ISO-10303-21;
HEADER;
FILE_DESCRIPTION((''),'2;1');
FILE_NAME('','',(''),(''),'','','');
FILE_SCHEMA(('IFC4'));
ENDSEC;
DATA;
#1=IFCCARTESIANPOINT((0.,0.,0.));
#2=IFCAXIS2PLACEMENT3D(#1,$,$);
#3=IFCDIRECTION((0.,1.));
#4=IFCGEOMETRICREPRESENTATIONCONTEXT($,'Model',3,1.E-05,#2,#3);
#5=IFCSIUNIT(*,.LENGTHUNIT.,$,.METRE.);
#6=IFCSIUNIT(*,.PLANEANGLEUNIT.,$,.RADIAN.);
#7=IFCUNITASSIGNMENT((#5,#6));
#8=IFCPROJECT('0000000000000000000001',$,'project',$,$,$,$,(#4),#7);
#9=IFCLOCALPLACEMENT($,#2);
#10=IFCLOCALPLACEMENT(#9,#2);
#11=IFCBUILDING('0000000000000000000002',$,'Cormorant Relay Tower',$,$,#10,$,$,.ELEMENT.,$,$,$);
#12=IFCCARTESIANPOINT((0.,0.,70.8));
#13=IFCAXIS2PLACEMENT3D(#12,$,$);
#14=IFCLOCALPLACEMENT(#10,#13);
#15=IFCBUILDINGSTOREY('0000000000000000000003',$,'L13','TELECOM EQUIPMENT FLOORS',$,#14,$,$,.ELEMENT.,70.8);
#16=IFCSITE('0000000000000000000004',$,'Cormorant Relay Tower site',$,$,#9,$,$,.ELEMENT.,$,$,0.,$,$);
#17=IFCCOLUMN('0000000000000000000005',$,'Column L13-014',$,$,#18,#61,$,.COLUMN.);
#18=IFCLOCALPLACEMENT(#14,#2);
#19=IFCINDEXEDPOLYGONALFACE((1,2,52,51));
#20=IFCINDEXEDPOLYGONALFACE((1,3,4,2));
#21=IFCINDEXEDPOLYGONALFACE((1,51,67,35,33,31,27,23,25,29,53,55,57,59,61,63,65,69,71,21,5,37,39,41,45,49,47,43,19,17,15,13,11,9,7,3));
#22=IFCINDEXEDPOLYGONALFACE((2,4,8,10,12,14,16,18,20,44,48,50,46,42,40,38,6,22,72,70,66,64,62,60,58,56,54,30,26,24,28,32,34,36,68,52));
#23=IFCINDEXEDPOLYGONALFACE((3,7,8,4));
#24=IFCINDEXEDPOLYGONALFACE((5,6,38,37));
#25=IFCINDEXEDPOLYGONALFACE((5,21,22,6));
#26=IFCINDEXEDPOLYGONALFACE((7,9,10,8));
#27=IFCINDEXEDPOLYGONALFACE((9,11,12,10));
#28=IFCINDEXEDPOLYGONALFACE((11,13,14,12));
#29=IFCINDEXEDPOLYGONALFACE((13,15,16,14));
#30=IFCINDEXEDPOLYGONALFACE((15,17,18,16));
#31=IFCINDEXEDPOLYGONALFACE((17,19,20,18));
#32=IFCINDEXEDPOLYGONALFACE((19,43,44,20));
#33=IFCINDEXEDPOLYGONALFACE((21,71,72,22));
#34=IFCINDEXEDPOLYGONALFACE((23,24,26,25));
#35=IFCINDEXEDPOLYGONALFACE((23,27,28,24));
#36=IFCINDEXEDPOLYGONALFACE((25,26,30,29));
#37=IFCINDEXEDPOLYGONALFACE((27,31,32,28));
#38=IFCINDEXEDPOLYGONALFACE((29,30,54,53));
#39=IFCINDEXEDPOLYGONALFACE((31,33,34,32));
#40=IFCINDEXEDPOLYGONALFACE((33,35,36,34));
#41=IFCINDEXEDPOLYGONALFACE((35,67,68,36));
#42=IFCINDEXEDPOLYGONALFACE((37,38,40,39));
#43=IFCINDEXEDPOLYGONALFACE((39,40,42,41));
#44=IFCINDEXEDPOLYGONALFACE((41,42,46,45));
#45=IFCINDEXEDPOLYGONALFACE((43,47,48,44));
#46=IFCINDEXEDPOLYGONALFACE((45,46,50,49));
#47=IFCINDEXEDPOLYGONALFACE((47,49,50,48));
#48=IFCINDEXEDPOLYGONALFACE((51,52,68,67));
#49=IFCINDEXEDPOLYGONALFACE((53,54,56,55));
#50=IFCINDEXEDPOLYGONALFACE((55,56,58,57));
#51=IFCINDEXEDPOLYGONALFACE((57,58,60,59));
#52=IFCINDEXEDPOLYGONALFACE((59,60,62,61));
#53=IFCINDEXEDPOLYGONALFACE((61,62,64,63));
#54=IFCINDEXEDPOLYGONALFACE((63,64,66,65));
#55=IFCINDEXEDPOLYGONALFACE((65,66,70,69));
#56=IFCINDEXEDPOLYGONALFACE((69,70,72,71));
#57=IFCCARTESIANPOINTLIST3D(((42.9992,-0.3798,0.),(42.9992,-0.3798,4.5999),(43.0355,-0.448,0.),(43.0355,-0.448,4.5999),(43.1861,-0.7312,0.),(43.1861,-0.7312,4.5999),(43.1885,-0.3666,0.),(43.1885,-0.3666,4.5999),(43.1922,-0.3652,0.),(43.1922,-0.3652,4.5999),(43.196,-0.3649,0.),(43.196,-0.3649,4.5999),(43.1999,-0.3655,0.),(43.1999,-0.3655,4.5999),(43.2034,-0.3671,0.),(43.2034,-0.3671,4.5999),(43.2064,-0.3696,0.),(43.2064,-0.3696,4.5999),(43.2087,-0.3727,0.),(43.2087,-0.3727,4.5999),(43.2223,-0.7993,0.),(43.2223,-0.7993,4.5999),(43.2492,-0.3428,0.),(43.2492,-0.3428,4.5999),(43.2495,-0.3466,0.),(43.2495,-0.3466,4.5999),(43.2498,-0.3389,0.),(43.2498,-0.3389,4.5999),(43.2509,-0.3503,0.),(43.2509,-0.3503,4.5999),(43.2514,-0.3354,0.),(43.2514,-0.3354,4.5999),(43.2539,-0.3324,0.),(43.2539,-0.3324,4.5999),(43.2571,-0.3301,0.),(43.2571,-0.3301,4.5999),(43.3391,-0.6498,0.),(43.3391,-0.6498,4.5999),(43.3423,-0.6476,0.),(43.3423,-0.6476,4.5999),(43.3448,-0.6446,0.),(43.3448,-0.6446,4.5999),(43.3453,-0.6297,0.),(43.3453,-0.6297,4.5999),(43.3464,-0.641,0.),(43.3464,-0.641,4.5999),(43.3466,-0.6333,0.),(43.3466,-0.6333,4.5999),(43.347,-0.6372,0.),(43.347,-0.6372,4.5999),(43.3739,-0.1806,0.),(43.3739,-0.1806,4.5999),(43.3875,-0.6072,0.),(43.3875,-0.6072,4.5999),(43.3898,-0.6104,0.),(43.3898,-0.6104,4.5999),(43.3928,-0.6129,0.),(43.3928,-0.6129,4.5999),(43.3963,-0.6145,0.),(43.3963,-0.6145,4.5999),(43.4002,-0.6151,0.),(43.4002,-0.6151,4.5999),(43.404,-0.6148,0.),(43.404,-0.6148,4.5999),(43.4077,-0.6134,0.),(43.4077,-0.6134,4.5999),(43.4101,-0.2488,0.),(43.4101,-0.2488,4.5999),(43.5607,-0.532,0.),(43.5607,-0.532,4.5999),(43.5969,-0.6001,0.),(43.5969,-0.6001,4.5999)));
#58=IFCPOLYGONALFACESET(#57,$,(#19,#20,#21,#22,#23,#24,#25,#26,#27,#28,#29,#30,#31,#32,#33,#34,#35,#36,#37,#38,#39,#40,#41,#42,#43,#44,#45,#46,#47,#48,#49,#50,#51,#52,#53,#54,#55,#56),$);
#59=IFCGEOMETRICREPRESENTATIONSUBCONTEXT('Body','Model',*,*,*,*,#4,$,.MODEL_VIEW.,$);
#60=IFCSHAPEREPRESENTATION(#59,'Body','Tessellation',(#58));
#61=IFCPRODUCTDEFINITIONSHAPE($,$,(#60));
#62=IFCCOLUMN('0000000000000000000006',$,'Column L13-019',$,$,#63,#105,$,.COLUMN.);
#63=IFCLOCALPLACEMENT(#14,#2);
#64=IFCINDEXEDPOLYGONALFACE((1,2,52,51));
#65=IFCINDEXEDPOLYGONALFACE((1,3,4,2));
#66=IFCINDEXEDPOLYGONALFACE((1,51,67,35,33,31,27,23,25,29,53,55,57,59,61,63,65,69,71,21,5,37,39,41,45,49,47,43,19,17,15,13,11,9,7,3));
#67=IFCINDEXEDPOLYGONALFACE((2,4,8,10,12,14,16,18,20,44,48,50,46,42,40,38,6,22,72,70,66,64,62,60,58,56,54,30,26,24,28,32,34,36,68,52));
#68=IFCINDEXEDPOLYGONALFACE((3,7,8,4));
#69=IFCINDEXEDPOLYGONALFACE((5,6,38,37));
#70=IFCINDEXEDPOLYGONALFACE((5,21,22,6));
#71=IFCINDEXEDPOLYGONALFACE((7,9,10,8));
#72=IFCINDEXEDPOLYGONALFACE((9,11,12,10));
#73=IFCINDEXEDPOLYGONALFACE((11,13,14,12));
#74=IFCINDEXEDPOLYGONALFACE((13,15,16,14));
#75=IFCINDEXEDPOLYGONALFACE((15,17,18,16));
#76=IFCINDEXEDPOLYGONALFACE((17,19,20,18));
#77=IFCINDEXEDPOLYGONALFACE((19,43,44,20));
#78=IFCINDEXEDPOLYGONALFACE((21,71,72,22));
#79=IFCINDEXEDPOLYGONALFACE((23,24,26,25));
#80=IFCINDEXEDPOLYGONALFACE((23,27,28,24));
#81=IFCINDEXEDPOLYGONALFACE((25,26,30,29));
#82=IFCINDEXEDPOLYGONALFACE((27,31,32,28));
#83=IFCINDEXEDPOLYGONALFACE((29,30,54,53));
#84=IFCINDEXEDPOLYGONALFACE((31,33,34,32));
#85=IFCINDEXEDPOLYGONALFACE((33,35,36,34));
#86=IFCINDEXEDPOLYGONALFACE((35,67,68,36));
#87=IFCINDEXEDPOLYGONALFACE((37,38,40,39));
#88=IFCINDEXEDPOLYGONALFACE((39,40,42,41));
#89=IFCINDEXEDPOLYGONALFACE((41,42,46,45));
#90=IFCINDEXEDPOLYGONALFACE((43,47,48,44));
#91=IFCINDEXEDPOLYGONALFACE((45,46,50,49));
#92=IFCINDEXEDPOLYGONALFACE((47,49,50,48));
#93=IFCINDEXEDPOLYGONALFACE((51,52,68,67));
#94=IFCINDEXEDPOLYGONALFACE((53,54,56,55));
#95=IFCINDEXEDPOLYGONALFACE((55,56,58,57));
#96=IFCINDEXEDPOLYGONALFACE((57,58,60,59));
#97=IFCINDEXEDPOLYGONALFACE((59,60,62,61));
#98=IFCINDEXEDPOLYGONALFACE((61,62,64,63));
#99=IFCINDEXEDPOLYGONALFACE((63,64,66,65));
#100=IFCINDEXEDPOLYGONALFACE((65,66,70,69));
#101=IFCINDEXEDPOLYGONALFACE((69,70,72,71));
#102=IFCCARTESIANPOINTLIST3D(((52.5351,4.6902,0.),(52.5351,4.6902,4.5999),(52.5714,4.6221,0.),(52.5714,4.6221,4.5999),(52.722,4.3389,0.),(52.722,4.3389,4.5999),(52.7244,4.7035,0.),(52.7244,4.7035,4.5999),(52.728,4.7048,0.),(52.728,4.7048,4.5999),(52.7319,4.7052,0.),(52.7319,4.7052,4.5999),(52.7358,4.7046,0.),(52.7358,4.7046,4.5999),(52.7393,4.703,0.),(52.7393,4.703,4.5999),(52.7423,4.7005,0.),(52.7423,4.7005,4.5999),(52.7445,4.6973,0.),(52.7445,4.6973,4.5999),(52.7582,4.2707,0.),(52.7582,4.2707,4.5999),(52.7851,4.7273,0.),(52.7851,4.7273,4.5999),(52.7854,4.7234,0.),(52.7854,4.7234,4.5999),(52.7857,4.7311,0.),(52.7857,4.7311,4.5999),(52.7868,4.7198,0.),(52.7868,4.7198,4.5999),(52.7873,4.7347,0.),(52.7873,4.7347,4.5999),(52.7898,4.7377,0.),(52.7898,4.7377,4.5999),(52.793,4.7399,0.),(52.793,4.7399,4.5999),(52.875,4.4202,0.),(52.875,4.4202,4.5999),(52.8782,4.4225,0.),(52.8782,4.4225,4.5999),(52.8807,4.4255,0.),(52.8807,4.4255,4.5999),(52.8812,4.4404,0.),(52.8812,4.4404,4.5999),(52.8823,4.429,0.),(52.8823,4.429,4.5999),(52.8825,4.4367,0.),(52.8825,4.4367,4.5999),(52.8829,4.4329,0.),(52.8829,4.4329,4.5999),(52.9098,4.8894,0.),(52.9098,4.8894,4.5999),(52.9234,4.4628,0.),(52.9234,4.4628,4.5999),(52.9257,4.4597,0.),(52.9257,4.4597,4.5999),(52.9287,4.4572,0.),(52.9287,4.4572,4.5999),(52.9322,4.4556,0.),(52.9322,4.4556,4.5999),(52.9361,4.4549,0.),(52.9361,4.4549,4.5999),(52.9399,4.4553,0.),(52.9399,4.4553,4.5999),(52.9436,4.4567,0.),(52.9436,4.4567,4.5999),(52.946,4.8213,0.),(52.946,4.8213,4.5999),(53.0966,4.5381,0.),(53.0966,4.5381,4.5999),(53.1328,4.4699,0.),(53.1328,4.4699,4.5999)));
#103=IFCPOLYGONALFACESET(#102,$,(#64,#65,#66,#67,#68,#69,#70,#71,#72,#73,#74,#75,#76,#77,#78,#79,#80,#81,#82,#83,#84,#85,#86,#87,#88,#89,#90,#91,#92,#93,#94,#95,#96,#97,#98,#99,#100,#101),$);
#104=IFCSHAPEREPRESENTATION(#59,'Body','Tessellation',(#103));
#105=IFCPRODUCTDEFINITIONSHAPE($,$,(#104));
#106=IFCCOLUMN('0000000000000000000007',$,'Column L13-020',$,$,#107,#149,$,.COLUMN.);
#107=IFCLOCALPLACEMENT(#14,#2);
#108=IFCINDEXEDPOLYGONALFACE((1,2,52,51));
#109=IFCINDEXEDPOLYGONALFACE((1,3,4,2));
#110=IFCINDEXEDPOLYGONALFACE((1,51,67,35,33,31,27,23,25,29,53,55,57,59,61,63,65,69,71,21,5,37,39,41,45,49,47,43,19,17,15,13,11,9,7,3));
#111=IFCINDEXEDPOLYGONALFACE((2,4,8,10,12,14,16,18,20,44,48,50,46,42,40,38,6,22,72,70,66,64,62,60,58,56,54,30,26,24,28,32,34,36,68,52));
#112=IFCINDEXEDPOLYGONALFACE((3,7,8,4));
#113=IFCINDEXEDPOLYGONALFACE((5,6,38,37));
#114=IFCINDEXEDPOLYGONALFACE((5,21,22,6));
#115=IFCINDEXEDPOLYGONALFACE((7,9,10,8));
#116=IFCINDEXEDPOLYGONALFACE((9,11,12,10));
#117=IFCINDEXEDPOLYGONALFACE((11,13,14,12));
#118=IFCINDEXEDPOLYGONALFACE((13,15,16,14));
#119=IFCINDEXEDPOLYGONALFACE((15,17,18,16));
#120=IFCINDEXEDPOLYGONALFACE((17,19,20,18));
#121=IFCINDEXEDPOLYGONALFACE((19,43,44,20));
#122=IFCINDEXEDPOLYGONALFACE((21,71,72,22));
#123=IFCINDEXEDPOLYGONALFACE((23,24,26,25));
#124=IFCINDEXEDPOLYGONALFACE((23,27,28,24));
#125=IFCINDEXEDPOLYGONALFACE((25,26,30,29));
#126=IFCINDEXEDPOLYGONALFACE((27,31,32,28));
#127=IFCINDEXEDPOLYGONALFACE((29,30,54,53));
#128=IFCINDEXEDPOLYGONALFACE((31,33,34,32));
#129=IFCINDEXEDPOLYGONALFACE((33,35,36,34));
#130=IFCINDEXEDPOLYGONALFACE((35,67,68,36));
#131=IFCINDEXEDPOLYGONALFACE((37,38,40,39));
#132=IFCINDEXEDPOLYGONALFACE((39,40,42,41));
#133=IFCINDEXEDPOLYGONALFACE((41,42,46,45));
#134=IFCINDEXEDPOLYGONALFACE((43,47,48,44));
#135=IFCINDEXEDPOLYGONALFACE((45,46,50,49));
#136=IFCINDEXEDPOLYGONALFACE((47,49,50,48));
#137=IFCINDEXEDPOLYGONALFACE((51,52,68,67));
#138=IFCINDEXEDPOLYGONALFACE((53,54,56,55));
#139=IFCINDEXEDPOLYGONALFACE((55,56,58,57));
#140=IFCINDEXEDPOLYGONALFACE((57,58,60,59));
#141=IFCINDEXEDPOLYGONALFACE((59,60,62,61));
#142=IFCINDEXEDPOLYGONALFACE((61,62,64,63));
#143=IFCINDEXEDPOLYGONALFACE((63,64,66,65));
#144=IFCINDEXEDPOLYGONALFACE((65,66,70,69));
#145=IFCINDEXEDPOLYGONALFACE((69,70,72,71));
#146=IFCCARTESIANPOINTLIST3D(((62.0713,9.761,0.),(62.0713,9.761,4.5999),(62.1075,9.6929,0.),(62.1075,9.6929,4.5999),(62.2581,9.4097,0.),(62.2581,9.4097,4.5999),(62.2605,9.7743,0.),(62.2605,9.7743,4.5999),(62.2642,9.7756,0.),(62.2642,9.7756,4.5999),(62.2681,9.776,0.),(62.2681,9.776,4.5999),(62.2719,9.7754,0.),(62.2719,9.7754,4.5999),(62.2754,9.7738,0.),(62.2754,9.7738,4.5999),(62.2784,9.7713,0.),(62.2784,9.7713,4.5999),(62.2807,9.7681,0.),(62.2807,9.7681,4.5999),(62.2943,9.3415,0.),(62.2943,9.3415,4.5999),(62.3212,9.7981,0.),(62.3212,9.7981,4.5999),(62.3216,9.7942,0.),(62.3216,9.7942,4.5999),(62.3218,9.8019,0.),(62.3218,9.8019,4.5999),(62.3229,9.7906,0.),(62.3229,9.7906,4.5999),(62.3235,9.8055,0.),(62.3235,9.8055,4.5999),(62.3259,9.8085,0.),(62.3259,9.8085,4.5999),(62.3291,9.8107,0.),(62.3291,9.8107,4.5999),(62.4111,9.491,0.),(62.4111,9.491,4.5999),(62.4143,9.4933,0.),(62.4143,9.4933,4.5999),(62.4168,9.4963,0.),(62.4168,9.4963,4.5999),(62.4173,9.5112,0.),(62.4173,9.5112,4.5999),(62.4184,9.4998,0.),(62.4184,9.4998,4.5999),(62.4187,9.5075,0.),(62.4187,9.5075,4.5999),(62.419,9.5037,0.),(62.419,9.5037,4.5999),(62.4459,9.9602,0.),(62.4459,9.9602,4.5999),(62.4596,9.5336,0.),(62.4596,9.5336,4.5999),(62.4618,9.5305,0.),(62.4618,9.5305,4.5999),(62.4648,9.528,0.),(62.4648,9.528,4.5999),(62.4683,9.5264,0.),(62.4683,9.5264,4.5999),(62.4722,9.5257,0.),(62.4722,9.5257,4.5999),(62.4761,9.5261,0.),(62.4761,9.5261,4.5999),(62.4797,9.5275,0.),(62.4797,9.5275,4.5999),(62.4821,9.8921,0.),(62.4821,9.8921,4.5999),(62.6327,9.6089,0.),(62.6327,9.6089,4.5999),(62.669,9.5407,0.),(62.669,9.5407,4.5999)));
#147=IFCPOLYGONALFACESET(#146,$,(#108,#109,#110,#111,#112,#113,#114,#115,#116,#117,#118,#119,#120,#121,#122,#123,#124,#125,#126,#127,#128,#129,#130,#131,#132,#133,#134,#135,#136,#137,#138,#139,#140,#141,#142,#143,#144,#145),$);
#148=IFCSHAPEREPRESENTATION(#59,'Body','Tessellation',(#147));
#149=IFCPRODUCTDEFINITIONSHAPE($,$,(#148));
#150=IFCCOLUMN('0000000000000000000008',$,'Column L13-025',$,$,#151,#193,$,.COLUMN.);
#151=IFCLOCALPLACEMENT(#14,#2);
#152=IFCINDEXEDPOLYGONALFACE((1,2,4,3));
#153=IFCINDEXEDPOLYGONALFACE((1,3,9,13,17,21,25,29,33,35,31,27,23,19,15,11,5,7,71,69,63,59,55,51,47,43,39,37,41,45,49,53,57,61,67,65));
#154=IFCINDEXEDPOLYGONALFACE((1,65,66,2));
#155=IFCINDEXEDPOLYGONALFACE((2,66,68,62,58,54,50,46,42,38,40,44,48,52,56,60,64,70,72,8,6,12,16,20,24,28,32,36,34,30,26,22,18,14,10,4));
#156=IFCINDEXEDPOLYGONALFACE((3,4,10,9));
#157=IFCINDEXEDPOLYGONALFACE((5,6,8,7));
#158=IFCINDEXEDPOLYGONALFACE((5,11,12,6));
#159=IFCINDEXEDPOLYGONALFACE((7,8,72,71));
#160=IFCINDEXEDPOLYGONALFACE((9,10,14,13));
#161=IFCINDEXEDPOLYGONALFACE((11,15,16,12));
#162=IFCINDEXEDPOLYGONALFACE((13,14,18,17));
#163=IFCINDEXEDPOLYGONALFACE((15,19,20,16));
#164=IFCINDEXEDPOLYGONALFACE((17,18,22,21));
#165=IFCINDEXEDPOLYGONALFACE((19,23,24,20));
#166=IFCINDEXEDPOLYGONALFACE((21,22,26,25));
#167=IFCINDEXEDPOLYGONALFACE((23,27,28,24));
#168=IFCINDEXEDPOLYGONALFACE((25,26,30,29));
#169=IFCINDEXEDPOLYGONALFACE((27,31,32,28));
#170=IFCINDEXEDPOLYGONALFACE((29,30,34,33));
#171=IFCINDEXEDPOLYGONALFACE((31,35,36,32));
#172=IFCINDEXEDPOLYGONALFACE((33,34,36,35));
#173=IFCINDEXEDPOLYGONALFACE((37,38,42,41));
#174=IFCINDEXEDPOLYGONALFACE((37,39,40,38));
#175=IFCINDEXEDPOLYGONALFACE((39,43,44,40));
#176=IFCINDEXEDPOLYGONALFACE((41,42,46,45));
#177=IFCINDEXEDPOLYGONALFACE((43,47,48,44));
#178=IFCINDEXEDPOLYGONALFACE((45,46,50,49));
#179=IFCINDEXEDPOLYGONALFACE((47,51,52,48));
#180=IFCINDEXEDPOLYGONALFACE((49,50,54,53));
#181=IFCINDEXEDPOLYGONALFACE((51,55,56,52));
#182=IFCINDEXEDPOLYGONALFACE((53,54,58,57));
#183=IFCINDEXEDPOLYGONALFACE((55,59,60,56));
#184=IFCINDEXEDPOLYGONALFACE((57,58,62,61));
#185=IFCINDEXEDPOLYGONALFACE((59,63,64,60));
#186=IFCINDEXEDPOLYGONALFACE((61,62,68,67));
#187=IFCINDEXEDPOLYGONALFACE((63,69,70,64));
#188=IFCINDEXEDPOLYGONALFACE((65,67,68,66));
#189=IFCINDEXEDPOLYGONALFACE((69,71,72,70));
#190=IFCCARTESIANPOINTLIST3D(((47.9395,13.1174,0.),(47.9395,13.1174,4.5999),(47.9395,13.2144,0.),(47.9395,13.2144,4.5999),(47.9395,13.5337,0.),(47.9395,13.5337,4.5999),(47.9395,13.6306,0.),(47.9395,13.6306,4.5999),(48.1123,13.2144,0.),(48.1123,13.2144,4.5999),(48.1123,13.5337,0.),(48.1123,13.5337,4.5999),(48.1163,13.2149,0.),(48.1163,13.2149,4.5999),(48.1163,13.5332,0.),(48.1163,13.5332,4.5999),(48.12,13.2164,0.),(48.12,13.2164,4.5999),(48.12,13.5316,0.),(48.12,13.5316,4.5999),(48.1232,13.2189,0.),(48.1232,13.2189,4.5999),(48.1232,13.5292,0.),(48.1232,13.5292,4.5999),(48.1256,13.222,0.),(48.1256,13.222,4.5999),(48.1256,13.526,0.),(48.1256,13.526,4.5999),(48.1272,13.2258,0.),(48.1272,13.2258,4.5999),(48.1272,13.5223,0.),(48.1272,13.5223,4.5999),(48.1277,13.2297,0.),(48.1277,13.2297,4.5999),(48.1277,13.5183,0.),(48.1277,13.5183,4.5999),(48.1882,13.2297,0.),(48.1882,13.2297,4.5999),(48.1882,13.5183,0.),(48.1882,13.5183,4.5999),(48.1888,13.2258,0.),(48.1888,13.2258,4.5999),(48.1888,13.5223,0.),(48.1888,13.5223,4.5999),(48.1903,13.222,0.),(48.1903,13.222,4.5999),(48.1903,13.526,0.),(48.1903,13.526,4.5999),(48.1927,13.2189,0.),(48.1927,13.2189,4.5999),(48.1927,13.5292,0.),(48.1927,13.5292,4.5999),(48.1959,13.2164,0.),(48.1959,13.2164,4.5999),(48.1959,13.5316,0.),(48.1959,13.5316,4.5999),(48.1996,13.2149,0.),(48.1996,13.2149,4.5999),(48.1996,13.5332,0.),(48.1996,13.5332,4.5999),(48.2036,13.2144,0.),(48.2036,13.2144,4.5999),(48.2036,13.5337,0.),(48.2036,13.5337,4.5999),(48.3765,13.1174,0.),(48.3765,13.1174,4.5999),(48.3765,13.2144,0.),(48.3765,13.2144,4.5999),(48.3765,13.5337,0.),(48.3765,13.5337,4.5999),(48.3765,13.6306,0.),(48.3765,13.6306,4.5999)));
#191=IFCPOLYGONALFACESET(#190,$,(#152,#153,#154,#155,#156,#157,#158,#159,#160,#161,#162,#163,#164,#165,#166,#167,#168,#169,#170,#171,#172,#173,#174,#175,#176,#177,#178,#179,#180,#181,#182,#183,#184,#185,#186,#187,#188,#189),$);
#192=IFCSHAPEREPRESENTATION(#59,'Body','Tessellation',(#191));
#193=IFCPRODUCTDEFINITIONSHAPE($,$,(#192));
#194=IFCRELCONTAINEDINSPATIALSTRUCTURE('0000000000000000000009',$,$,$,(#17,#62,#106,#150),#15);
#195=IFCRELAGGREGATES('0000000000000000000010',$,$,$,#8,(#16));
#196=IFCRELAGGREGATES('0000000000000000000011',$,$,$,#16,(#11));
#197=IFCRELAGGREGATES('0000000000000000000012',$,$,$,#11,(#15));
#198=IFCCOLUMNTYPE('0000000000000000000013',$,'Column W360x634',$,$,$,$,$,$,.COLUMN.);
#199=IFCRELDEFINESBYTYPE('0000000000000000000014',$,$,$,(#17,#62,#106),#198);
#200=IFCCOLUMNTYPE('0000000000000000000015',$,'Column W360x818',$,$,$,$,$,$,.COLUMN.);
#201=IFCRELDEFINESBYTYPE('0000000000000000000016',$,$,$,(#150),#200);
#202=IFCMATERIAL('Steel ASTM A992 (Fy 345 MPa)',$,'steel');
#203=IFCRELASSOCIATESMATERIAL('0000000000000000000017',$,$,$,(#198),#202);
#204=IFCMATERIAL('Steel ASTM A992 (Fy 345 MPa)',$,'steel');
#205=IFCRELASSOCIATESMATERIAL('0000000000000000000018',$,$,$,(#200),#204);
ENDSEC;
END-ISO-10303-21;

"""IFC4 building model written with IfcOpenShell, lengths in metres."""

from ifc_helpers import new_model, si_unit, direction, frame, origin, origin_2d, place, context, subcontext, project, spatial, i_section, extrude, material, material_profile, profile_set, type_object, element, save


model = new_model("IFC4")

# Units and contexts
model_context = context("Model", 3, precision=1e-05, world=origin(), true_north=direction((0.0, 1.0)))
body_context = subcontext(model_context, "Body", "Model", "MODEL_VIEW")
ifc_project = project(units=[si_unit("LENGTHUNIT", "METRE"), si_unit("PLANEANGLEUNIT", "RADIAN")], contexts=[model_context])

# Site, building, storey
site_placement = place(None, origin())
site = spatial("IfcSite", under=ifc_project, at=site_placement, Name="Cormorant Relay Tower site", CompositionType="ELEMENT", RefElevation=0.0)
building_placement = place(site_placement, origin())
building = spatial("IfcBuilding", under=site, at=building_placement, Name="Cormorant Relay Tower", CompositionType="ELEMENT")
storey_placement = place(building_placement, frame((0.0, 0.0, 70.8)))
storey = spatial("IfcBuildingStorey", under=building, at=storey_placement, Name="L13", Description="TELECOM EQUIPMENT FLOORS", CompositionType="ELEMENT", Elevation=70.8)

# Columns
ifc_material_1 = material(Name="Steel ASTM A992 (Fy 345 MPa)", Category="steel")
ifc_material_profile_1 = material_profile(ifc_material_1, i_section(OverallWidth=0.4243, OverallDepth=0.4751, WebThickness=0.0479, FlangeThickness=0.0771, FilletRadius=0.0149, at=origin_2d()), Name="W360x634")
ifc_profile_set_1 = profile_set([ifc_material_profile_1], Name="Steel ASTM A992 (Fy 345 MPa)")
column_type_1 = type_object("IfcColumnType", Name="Column W360x634", PredefinedType="COLUMN", material=ifc_profile_set_1)
for number, where, z_axis, x_axis, name in (
    (1, (43.2981, -0.49, 0.0), (0.0, 0.0, 1.0), (0.882948, 0.469472, 0.0), "Column L13-014"),
    (2, (52.834, 4.5801, 0.0), (0.0, 0.0, 1.0), (0.882948, 0.469472, 0.0), "Column L13-019"),
    (3, (62.3701, 9.6509, 0.0), (0.0, 0.0, 1.0), (0.882948, 0.469472, 0.0), "Column L13-020"),
):
    element("IfcColumn", number, at=place(storey_placement, frame(where, z_axis=z_axis, x_axis=x_axis)), inside=storey, type_object=column_type_1, Name=name, PredefinedType="COLUMN", context=body_context, shape_type="SweptSolid", body=[
        extrude(i_section(OverallWidth=0.4243, OverallDepth=0.4751, WebThickness=0.0479, FlangeThickness=0.0771, FilletRadius=0.0149, at=origin_2d()), origin(), (0.0, 0.0, 1.0), 4.5999),
    ])
ifc_material_2 = material(Name="Steel ASTM A992 (Fy 345 MPa)", Category="steel")
ifc_material_profile_2 = material_profile(ifc_material_2, i_section(OverallWidth=0.437, OverallDepth=0.5132, WebThickness=0.0605, FlangeThickness=0.0969, FilletRadius=0.0154, at=origin_2d()), Name="W360x818")
ifc_profile_set_2 = profile_set([ifc_material_profile_2], Name="Steel ASTM A992 (Fy 345 MPa)")
column_type_2 = type_object("IfcColumnType", Name="Column W360x818", PredefinedType="COLUMN", material=ifc_profile_set_2)
for number, where, z_axis, x_axis, name in (
    (4, (48.158, 13.374, 0.0), (0.0, 0.0, 1.0), (1.0, 0.0, 0.0), "Column L13-025"),
):
    element("IfcColumn", number, at=place(storey_placement, frame(where, z_axis=z_axis, x_axis=x_axis)), inside=storey, type_object=column_type_2, Name=name, PredefinedType="COLUMN", context=body_context, shape_type="SweptSolid", body=[
        extrude(i_section(OverallWidth=0.437, OverallDepth=0.5132, WebThickness=0.0605, FlangeThickness=0.0969, FilletRadius=0.0154, at=origin_2d()), origin(), (0.0, 0.0, 1.0), 4.5999),
    ])

save(model, "model.ifc")
